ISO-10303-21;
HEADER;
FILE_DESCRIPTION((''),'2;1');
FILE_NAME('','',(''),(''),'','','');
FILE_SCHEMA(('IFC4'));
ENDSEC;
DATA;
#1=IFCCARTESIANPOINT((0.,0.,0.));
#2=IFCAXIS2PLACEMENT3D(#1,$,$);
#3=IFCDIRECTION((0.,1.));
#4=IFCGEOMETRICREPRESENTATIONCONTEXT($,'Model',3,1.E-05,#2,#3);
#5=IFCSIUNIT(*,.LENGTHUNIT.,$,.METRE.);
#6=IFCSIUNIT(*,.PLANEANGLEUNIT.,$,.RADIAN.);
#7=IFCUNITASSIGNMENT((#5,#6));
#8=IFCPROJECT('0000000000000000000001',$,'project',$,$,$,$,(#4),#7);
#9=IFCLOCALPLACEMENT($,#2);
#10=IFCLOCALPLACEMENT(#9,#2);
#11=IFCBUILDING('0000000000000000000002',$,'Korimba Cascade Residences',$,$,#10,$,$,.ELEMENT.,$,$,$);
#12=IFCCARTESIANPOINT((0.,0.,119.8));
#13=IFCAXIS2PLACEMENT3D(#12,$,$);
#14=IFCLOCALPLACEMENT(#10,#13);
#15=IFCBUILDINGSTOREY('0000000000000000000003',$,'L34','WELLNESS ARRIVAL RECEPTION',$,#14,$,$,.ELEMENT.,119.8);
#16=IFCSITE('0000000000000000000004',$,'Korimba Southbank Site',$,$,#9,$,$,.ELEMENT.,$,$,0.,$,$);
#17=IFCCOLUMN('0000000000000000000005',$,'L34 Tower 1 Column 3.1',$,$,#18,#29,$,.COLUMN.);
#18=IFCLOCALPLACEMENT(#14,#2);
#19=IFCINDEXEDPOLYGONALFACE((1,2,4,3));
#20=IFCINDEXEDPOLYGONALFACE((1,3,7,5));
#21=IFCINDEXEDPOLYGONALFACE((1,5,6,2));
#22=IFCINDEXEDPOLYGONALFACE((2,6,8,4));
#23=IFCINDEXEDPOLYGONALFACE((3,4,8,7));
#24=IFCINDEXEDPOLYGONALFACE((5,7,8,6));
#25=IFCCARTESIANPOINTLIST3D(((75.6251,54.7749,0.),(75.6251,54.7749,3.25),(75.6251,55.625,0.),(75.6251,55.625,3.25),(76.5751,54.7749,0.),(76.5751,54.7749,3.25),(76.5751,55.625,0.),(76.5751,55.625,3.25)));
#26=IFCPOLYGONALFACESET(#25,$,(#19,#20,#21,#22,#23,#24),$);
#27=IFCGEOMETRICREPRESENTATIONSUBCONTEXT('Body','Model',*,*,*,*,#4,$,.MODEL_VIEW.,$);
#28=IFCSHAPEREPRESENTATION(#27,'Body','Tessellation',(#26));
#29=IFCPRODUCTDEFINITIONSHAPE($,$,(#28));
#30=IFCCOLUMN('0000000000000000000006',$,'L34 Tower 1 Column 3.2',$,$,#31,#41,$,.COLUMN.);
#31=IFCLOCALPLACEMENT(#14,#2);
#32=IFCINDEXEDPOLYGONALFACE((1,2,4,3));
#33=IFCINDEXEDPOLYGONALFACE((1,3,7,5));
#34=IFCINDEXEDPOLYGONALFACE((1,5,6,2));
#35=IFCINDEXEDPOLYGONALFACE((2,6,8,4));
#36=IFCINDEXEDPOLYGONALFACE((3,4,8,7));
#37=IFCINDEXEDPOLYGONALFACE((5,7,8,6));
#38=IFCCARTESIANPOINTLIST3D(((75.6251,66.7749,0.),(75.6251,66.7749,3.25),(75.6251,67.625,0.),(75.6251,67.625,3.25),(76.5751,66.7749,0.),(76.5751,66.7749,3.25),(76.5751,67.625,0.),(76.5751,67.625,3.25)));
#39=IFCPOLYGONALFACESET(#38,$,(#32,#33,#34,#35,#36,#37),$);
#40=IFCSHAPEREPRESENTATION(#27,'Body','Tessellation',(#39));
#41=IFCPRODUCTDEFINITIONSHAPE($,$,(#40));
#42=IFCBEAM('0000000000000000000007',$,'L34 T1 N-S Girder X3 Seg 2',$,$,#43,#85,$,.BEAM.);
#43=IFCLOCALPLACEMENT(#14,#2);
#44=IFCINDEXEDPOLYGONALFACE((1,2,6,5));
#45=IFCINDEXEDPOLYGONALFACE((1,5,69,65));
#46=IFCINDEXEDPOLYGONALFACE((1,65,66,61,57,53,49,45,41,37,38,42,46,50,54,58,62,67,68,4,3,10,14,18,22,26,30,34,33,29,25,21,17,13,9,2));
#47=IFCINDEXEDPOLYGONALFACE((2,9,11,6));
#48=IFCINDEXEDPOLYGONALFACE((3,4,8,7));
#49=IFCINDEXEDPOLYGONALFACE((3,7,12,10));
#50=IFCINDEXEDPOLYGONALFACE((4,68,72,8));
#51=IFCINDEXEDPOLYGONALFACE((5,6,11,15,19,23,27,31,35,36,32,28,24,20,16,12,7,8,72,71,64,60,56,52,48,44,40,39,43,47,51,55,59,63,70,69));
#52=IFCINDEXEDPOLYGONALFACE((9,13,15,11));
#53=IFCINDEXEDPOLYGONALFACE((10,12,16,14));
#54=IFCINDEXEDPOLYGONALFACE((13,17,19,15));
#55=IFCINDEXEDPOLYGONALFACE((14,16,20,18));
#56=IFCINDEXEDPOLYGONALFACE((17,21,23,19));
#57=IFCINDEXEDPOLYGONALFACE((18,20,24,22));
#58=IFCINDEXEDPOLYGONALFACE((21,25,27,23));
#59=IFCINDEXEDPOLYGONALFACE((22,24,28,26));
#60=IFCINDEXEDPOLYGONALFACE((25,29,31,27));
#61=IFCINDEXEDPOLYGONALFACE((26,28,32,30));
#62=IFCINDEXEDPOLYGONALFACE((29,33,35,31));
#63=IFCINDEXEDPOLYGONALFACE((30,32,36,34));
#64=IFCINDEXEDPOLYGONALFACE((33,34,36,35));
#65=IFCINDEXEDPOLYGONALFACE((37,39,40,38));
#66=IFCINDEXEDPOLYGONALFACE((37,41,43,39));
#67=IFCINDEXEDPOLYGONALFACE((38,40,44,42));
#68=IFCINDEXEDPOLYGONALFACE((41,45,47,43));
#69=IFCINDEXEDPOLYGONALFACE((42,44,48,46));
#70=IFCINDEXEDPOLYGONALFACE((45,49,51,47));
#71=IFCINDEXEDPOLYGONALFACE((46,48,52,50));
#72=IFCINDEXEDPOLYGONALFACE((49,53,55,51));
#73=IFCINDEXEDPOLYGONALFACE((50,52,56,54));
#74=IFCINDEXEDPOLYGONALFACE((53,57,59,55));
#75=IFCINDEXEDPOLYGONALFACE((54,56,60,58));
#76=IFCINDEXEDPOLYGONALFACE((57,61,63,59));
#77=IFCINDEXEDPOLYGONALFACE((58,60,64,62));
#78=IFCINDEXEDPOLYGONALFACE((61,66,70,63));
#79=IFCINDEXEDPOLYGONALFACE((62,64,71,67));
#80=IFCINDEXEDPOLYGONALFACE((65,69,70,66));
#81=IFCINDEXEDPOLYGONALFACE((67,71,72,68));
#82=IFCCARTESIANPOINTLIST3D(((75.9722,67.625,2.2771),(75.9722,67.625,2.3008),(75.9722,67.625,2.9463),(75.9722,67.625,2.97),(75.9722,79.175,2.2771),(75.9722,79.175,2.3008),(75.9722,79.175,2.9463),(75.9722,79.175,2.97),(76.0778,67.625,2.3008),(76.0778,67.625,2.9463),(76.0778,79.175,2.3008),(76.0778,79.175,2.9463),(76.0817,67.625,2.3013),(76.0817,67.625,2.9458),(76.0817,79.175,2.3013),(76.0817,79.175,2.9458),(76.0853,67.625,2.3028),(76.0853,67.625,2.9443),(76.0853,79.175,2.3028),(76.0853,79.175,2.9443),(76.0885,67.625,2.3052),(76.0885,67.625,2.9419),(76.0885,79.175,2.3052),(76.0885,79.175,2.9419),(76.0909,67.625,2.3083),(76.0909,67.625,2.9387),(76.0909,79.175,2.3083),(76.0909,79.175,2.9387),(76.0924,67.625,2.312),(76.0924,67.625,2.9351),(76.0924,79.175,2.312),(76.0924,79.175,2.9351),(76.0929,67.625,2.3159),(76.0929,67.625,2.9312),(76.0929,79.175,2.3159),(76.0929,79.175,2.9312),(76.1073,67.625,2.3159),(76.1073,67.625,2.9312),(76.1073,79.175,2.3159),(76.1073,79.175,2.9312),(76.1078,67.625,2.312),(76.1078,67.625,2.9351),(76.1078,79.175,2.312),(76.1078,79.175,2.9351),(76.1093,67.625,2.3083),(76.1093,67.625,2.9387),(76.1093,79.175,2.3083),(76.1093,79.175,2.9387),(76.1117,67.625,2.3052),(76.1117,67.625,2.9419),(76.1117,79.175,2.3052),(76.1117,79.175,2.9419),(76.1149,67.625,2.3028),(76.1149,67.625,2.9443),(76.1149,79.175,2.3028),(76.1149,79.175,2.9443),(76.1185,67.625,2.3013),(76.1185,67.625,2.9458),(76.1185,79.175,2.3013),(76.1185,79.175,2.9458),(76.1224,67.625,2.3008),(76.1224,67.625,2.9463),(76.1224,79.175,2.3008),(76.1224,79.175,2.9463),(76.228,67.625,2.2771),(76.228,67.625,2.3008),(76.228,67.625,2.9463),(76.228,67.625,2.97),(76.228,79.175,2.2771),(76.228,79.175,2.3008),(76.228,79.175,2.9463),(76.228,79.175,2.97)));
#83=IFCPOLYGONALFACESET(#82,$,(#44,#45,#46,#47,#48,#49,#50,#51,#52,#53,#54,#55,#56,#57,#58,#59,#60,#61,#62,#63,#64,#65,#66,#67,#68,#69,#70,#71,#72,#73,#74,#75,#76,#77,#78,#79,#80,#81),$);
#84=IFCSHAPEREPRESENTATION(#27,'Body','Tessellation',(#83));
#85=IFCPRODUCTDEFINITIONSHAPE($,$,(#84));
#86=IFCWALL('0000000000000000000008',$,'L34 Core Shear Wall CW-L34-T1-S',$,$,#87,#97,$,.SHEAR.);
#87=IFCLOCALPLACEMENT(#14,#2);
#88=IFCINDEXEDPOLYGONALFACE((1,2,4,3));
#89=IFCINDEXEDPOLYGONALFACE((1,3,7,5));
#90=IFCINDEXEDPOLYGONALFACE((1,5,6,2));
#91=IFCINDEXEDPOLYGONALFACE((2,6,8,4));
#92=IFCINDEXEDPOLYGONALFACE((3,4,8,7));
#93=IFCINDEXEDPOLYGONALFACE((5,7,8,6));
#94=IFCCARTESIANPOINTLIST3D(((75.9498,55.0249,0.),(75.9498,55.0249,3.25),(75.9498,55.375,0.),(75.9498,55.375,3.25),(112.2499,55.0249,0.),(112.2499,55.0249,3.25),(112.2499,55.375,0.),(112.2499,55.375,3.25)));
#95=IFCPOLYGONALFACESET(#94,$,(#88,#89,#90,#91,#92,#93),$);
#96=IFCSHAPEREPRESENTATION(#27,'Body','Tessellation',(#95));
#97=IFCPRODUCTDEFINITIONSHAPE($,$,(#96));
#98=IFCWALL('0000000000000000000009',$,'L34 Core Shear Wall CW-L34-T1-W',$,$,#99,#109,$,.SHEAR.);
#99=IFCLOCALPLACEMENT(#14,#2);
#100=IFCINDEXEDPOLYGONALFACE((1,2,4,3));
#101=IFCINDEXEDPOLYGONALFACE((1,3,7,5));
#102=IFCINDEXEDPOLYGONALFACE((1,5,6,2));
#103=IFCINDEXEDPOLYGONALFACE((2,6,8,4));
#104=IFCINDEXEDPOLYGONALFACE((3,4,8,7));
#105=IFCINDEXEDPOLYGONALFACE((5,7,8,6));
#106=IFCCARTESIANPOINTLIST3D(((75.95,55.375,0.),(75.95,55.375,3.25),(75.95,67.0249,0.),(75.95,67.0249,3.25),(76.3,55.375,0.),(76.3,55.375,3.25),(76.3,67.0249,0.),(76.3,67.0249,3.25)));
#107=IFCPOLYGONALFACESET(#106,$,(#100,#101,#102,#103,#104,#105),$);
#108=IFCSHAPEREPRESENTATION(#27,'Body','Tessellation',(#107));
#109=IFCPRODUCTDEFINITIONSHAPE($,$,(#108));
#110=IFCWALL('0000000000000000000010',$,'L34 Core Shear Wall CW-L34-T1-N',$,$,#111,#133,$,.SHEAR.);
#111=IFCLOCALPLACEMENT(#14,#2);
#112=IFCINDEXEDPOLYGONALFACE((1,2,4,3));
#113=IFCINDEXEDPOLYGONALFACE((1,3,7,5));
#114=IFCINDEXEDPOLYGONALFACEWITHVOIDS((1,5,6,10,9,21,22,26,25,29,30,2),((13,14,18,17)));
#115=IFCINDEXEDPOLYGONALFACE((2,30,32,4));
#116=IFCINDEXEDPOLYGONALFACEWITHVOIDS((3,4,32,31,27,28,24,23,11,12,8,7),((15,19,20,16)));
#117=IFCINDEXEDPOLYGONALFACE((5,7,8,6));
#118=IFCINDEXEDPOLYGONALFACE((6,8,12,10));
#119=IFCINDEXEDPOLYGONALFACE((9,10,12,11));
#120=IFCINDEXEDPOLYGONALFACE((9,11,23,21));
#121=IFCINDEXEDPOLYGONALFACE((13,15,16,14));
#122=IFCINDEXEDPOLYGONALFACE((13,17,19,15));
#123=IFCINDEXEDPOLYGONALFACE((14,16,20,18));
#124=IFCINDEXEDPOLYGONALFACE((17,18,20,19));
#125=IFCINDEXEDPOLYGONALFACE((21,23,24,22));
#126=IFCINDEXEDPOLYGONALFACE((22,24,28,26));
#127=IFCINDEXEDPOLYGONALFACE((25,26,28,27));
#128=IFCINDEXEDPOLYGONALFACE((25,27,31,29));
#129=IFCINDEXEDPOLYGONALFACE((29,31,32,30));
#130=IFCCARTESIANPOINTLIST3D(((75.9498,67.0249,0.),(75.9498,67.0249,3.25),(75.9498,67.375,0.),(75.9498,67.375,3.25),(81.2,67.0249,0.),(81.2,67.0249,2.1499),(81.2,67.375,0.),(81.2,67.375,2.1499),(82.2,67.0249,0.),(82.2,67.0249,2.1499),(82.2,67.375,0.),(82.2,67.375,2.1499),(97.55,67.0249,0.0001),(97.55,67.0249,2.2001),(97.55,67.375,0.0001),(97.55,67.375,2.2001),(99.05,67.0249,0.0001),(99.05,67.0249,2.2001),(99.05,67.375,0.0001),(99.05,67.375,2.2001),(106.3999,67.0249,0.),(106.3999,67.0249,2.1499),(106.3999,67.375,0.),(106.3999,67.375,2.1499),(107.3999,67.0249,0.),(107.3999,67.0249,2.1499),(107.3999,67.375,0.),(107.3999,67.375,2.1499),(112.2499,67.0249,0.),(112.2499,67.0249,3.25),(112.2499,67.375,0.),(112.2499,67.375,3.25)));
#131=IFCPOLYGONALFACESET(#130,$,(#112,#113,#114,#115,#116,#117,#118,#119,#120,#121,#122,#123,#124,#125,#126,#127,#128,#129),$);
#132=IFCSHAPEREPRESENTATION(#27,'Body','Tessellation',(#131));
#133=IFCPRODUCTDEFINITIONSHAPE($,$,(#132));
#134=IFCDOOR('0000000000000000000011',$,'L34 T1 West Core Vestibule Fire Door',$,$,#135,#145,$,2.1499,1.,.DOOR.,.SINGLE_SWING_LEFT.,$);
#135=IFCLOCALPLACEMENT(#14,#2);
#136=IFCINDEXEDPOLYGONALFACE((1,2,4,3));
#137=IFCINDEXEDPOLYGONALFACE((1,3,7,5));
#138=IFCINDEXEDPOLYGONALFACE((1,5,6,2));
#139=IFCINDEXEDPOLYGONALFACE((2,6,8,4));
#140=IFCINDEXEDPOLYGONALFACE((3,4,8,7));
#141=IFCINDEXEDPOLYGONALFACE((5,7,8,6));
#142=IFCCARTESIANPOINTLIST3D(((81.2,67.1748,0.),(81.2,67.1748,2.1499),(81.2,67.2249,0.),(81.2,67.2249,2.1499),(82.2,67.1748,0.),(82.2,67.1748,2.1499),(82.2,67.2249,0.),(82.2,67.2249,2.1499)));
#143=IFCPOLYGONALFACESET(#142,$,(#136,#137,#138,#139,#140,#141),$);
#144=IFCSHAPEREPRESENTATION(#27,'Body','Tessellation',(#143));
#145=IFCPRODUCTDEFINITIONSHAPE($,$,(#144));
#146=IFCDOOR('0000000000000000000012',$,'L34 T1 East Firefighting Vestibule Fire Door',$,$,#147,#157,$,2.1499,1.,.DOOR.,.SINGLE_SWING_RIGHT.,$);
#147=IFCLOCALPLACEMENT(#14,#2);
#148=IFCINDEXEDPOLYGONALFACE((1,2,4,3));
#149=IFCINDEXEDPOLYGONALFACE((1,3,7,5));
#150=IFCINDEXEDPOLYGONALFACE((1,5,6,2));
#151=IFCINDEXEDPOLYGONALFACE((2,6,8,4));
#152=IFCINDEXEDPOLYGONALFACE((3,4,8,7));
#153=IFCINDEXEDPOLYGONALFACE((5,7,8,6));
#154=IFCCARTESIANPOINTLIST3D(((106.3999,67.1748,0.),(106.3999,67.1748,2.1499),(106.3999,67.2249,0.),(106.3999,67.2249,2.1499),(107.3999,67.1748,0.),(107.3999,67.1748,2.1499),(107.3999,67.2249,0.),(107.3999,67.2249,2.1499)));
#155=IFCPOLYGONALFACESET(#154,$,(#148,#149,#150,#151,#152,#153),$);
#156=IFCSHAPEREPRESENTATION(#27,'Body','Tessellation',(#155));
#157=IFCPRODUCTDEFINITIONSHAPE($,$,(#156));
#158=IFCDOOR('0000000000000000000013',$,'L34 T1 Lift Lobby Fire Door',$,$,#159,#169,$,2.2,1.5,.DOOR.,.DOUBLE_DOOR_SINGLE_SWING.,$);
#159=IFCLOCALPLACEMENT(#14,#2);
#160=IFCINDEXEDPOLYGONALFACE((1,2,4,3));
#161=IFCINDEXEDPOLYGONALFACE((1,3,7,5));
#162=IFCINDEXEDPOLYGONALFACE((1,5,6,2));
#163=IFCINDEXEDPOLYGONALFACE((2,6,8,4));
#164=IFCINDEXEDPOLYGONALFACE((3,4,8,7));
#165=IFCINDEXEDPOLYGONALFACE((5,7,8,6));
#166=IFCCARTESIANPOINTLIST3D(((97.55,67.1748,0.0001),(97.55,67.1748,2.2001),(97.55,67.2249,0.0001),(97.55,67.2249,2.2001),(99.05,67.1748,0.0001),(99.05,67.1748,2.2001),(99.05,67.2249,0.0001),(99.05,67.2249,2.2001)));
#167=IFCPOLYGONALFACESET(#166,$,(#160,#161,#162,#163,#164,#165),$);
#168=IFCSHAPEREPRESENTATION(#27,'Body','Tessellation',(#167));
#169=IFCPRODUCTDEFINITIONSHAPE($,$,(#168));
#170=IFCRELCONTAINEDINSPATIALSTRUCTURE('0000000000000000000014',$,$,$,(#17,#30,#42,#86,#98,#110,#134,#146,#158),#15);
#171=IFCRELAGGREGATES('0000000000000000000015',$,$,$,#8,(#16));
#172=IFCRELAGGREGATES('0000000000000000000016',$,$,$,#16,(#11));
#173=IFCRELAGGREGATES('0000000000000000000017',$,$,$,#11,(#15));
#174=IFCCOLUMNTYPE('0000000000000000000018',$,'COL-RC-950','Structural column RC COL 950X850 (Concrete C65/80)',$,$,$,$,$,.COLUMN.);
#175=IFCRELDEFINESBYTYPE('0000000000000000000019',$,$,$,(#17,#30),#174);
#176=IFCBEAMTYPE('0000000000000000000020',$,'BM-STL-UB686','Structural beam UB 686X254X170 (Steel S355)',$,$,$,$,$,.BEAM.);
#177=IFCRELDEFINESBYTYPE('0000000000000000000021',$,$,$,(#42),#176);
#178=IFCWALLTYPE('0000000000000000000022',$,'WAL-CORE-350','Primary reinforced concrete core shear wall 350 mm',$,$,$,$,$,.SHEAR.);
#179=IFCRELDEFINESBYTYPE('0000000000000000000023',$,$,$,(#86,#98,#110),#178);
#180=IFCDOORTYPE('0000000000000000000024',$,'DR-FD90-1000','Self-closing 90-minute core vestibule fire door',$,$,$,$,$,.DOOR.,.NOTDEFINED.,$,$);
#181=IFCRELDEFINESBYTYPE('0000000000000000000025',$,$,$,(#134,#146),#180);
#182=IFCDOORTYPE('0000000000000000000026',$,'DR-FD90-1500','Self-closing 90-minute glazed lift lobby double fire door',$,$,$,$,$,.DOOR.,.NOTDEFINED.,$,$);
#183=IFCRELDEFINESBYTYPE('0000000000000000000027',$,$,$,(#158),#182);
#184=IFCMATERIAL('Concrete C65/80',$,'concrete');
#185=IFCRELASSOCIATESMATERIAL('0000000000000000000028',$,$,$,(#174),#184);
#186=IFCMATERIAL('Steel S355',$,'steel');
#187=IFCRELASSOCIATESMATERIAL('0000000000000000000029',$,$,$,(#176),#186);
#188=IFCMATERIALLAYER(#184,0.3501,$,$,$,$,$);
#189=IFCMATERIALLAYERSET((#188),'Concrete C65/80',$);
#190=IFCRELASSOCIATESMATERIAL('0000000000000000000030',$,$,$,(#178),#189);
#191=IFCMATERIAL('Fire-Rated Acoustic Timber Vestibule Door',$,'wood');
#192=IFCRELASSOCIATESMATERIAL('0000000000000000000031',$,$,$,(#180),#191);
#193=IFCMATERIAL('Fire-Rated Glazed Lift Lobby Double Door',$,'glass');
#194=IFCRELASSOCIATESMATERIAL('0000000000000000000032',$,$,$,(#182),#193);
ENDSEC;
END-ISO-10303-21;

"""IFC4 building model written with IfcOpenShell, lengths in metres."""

from ifc_helpers import new_model, si_unit, direction, frame, frame_2d, origin, origin_2d, place, context, subcontext, project, spatial, rectangle, i_section, extrude, material, layer, layer_set, material_profile, profile_set, type_object, element, fill, save


model = new_model("IFC4")

# Units and contexts
model_context = context("Model", 3, precision=1e-05, world=origin(), true_north=direction((0.0, 1.0)))
body_context = subcontext(model_context, "Body", "Model", "MODEL_VIEW")
ifc_project = project(units=[si_unit("LENGTHUNIT", "METRE"), si_unit("PLANEANGLEUNIT", "RADIAN")], contexts=[model_context])

# Site, building, storey
site_placement = place(None, origin())
site = spatial("IfcSite", under=ifc_project, at=site_placement, Name="Korimba Southbank Site", CompositionType="ELEMENT", RefElevation=0.0)
building_placement = place(site_placement, origin())
building = spatial("IfcBuilding", under=site, at=building_placement, Name="Korimba Cascade Residences", CompositionType="ELEMENT")
storey_placement = place(building_placement, frame((0.0, 0.0, 119.8)))
storey = spatial("IfcBuildingStorey", under=building, at=storey_placement, Name="L34", Description="WELLNESS ARRIVAL RECEPTION", CompositionType="ELEMENT", Elevation=119.8)

# Columns
ifc_material_1 = material(Name="Concrete C65/80", Category="concrete")
ifc_material_profile_1 = material_profile(ifc_material_1, rectangle(XDim=0.95, YDim=0.8501, at=origin_2d()), Name="Concrete C65/80")
ifc_profile_set_1 = profile_set([ifc_material_profile_1], Name="Concrete C65/80")
column_type = type_object("IfcColumnType", Name="COL-RC-950", Description="Structural column RC COL 950X850 (Concrete C65/80)", PredefinedType="COLUMN", material=ifc_profile_set_1)
for number, where, z_axis, x_axis, name in (
    (1, (76.1001, 55.2, 0.0), (0.0, 0.0, 1.0), (1.0, 0.0, 0.0), "L34 Tower 1 Column 3.1"),
    (2, (76.1001, 67.2, 0.0), (0.0, 0.0, 1.0), (1.0, 0.0, 0.0), "L34 Tower 1 Column 3.2"),
):
    element("IfcColumn", number, at=place(storey_placement, frame(where, z_axis=z_axis, x_axis=x_axis)), inside=storey, type_object=column_type, Name=name, PredefinedType="COLUMN", context=body_context, shape_type="SweptSolid", body=[
        extrude(rectangle(XDim=0.95, YDim=0.8501, at=origin_2d()), origin(), (0.0, 0.0, 1.0), 3.25),
    ])

# Beam
ifc_material_2 = material(Name="Steel S355", Category="steel")
ifc_material_profile_2 = material_profile(ifc_material_2, i_section(OverallWidth=0.2559, OverallDepth=0.6929, WebThickness=0.0144, FlangeThickness=0.0237, FilletRadius=0.0151, at=origin_2d()), Name="Steel S355")
ifc_profile_set_2 = profile_set([ifc_material_profile_2], Name="Steel S355")
beam_type = type_object("IfcBeamType", Name="BM-STL-UB686", Description="Structural beam UB 686X254X170 (Steel S355)", PredefinedType="BEAM", material=ifc_profile_set_2)
beam_placement = place(storey_placement, frame((76.1001, 67.625, 2.6235), z_axis=(0.0, 1.0, 0.0), x_axis=(-1.0, 0.0, 0.0)))
element("IfcBeam", 3, at=beam_placement, inside=storey, type_object=beam_type, Name="L34 T1 N-S Girder X3 Seg 2", PredefinedType="BEAM", context=body_context, shape_type="SweptSolid", body=[
    extrude(i_section(OverallWidth=0.2559, OverallDepth=0.6929, WebThickness=0.0144, FlangeThickness=0.0237, FilletRadius=0.0151, at=origin_2d()), origin(), (0.0, 0.0, 1.0), 11.55),
])

# Walls
ifc_layer_1 = layer(ifc_material_1, 0.3501)
ifc_layer_set_1 = layer_set([ifc_layer_1], Name="Concrete C65/80")
wall_type_1 = type_object("IfcWallType", Name="WAL-CORE-350", Description="Primary reinforced concrete core shear wall 350 mm", PredefinedType="SHEAR", material=ifc_layer_set_1)
wall_1_placement = place(storey_placement, frame((75.95, 55.2, 0.0), z_axis=(0.0, 0.0, 1.0), x_axis=(1.0, 0.0, 0.0)))
element("IfcWall", 4, at=wall_1_placement, inside=storey, type_object=wall_type_1, Name="L34 Core Shear Wall CW-L34-T1-S", PredefinedType="SHEAR", context=body_context, shape_type="SweptSolid", body=[
    extrude(rectangle(XDim=36.3, YDim=0.3501, at=frame_2d((18.1499, 0.0))), origin(), (0.0, 0.0, 1.0), 3.25),
])
wall_2_placement = place(storey_placement, frame((76.125, 55.375, 0.0), z_axis=(0.0, 0.0, 1.0), x_axis=(0.0, 1.0, 0.0)))
element("IfcWall", 5, at=wall_2_placement, inside=storey, type_object=wall_type_1, Name="L34 Core Shear Wall CW-L34-T1-W", PredefinedType="SHEAR", context=body_context, shape_type="SweptSolid", body=[
    extrude(rectangle(XDim=11.6499, YDim=0.3501, at=frame_2d((5.825, 0.0))), origin(), (0.0, 0.0, 1.0), 3.25),
])

# Wall, openings, doors
wall_3_placement = place(storey_placement, frame((75.95, 67.2, 0.0), z_axis=(0.0, 0.0, 1.0), x_axis=(1.0, 0.0, 0.0)))
wall_3 = element("IfcWall", 6, at=wall_3_placement, inside=storey, type_object=wall_type_1, Name="L34 Core Shear Wall CW-L34-T1-N", PredefinedType="SHEAR", context=body_context, shape_type="SweptSolid", body=[
    extrude(rectangle(XDim=36.3, YDim=0.3501, at=frame_2d((18.1499, 0.0))), origin(), (0.0, 0.0, 1.0), 3.25),
])
opening_1_placement = place(wall_3_placement, frame((5.25, 0.0, 0.0)))
opening_1 = element("IfcOpeningElement", 7, at=opening_1_placement, cuts=wall_3, PredefinedType="OPENING", context=body_context, shape_type="SweptSolid", body=[
    extrude(rectangle(XDim=1.0, YDim=2.1499, at=frame_2d((0.5, 1.075))), frame((0.0, 0.1851, 0.0), z_axis=(0.0, -1.0, 0.0), x_axis=(1.0, 0.0, 0.0)), (0.0, 0.0, 1.0), 0.3701),
])
opening_2_placement = place(wall_3_placement, frame((21.6001, 0.0, 0.0)))
opening_2 = element("IfcOpeningElement", 8, at=opening_2_placement, cuts=wall_3, PredefinedType="OPENING", context=body_context, shape_type="SweptSolid", body=[
    extrude(rectangle(XDim=1.5, YDim=2.2, at=frame_2d((0.75, 1.1001))), frame((0.0, 0.1851, 0.0), z_axis=(0.0, -1.0, 0.0), x_axis=(1.0, 0.0, 0.0)), (0.0, 0.0, 1.0), 0.3701),
])
opening_3_placement = place(wall_3_placement, frame((30.45, 0.0, 0.0)))
opening_3 = element("IfcOpeningElement", 9, at=opening_3_placement, cuts=wall_3, PredefinedType="OPENING", context=body_context, shape_type="SweptSolid", body=[
    extrude(rectangle(XDim=1.0, YDim=2.1499, at=frame_2d((0.5, 1.075))), frame((0.0, 0.1851, 0.0), z_axis=(0.0, -1.0, 0.0), x_axis=(1.0, 0.0, 0.0)), (0.0, 0.0, 1.0), 0.3701),
])
ifc_material_3 = material(Name="Fire-Rated Acoustic Timber Vestibule Door", Category="wood")
door_type_1 = type_object("IfcDoorType", Name="DR-FD90-1000", Description="Self-closing 90-minute core vestibule fire door", OperationType="NOTDEFINED", PredefinedType="DOOR", material=ifc_material_3)
door_1_placement = place(opening_1_placement, origin())
door_1 = element("IfcDoor", 10, at=door_1_placement, inside=storey, type_object=door_type_1, Name="L34 T1 West Core Vestibule Fire Door", OperationType="SINGLE_SWING_LEFT", OverallHeight=2.1499, OverallWidth=1.0, PredefinedType="DOOR", context=body_context, shape_type="SweptSolid", body=[
    extrude(rectangle(XDim=1.0, YDim=2.1499, at=frame_2d((0.5, 1.075))), frame((0.0, 0.0249, 0.0), z_axis=(0.0, -1.0, 0.0), x_axis=(1.0, 0.0, 0.0)), (0.0, 0.0, 1.0), 0.05),
])
fill(opening_1, door_1)
door_2_placement = place(opening_3_placement, origin())
door_2 = element("IfcDoor", 11, at=door_2_placement, inside=storey, type_object=door_type_1, Name="L34 T1 East Firefighting Vestibule Fire Door", OperationType="SINGLE_SWING_RIGHT", OverallHeight=2.1499, OverallWidth=1.0, PredefinedType="DOOR", context=body_context, shape_type="SweptSolid", body=[
    extrude(rectangle(XDim=1.0, YDim=2.1499, at=frame_2d((0.5, 1.075))), frame((0.0, 0.0249, 0.0), z_axis=(0.0, -1.0, 0.0), x_axis=(1.0, 0.0, 0.0)), (0.0, 0.0, 1.0), 0.05),
])
fill(opening_3, door_2)
ifc_material_4 = material(Name="Fire-Rated Glazed Lift Lobby Double Door", Category="glass")
door_type_2 = type_object("IfcDoorType", Name="DR-FD90-1500", Description="Self-closing 90-minute glazed lift lobby double fire door", OperationType="NOTDEFINED", PredefinedType="DOOR", material=ifc_material_4)
door_3_placement = place(opening_2_placement, origin())
door_3 = element("IfcDoor", 12, at=door_3_placement, inside=storey, type_object=door_type_2, Name="L34 T1 Lift Lobby Fire Door", OperationType="DOUBLE_DOOR_SINGLE_SWING", OverallHeight=2.2, OverallWidth=1.5, PredefinedType="DOOR", context=body_context, shape_type="SweptSolid", body=[
    extrude(rectangle(XDim=1.5, YDim=2.2, at=frame_2d((0.75, 1.1001))), frame((0.0, 0.0249, 0.0), z_axis=(0.0, -1.0, 0.0), x_axis=(1.0, 0.0, 0.0)), (0.0, 0.0, 1.0), 0.05),
])
fill(opening_2, door_3)

save(model, "model.ifc")
